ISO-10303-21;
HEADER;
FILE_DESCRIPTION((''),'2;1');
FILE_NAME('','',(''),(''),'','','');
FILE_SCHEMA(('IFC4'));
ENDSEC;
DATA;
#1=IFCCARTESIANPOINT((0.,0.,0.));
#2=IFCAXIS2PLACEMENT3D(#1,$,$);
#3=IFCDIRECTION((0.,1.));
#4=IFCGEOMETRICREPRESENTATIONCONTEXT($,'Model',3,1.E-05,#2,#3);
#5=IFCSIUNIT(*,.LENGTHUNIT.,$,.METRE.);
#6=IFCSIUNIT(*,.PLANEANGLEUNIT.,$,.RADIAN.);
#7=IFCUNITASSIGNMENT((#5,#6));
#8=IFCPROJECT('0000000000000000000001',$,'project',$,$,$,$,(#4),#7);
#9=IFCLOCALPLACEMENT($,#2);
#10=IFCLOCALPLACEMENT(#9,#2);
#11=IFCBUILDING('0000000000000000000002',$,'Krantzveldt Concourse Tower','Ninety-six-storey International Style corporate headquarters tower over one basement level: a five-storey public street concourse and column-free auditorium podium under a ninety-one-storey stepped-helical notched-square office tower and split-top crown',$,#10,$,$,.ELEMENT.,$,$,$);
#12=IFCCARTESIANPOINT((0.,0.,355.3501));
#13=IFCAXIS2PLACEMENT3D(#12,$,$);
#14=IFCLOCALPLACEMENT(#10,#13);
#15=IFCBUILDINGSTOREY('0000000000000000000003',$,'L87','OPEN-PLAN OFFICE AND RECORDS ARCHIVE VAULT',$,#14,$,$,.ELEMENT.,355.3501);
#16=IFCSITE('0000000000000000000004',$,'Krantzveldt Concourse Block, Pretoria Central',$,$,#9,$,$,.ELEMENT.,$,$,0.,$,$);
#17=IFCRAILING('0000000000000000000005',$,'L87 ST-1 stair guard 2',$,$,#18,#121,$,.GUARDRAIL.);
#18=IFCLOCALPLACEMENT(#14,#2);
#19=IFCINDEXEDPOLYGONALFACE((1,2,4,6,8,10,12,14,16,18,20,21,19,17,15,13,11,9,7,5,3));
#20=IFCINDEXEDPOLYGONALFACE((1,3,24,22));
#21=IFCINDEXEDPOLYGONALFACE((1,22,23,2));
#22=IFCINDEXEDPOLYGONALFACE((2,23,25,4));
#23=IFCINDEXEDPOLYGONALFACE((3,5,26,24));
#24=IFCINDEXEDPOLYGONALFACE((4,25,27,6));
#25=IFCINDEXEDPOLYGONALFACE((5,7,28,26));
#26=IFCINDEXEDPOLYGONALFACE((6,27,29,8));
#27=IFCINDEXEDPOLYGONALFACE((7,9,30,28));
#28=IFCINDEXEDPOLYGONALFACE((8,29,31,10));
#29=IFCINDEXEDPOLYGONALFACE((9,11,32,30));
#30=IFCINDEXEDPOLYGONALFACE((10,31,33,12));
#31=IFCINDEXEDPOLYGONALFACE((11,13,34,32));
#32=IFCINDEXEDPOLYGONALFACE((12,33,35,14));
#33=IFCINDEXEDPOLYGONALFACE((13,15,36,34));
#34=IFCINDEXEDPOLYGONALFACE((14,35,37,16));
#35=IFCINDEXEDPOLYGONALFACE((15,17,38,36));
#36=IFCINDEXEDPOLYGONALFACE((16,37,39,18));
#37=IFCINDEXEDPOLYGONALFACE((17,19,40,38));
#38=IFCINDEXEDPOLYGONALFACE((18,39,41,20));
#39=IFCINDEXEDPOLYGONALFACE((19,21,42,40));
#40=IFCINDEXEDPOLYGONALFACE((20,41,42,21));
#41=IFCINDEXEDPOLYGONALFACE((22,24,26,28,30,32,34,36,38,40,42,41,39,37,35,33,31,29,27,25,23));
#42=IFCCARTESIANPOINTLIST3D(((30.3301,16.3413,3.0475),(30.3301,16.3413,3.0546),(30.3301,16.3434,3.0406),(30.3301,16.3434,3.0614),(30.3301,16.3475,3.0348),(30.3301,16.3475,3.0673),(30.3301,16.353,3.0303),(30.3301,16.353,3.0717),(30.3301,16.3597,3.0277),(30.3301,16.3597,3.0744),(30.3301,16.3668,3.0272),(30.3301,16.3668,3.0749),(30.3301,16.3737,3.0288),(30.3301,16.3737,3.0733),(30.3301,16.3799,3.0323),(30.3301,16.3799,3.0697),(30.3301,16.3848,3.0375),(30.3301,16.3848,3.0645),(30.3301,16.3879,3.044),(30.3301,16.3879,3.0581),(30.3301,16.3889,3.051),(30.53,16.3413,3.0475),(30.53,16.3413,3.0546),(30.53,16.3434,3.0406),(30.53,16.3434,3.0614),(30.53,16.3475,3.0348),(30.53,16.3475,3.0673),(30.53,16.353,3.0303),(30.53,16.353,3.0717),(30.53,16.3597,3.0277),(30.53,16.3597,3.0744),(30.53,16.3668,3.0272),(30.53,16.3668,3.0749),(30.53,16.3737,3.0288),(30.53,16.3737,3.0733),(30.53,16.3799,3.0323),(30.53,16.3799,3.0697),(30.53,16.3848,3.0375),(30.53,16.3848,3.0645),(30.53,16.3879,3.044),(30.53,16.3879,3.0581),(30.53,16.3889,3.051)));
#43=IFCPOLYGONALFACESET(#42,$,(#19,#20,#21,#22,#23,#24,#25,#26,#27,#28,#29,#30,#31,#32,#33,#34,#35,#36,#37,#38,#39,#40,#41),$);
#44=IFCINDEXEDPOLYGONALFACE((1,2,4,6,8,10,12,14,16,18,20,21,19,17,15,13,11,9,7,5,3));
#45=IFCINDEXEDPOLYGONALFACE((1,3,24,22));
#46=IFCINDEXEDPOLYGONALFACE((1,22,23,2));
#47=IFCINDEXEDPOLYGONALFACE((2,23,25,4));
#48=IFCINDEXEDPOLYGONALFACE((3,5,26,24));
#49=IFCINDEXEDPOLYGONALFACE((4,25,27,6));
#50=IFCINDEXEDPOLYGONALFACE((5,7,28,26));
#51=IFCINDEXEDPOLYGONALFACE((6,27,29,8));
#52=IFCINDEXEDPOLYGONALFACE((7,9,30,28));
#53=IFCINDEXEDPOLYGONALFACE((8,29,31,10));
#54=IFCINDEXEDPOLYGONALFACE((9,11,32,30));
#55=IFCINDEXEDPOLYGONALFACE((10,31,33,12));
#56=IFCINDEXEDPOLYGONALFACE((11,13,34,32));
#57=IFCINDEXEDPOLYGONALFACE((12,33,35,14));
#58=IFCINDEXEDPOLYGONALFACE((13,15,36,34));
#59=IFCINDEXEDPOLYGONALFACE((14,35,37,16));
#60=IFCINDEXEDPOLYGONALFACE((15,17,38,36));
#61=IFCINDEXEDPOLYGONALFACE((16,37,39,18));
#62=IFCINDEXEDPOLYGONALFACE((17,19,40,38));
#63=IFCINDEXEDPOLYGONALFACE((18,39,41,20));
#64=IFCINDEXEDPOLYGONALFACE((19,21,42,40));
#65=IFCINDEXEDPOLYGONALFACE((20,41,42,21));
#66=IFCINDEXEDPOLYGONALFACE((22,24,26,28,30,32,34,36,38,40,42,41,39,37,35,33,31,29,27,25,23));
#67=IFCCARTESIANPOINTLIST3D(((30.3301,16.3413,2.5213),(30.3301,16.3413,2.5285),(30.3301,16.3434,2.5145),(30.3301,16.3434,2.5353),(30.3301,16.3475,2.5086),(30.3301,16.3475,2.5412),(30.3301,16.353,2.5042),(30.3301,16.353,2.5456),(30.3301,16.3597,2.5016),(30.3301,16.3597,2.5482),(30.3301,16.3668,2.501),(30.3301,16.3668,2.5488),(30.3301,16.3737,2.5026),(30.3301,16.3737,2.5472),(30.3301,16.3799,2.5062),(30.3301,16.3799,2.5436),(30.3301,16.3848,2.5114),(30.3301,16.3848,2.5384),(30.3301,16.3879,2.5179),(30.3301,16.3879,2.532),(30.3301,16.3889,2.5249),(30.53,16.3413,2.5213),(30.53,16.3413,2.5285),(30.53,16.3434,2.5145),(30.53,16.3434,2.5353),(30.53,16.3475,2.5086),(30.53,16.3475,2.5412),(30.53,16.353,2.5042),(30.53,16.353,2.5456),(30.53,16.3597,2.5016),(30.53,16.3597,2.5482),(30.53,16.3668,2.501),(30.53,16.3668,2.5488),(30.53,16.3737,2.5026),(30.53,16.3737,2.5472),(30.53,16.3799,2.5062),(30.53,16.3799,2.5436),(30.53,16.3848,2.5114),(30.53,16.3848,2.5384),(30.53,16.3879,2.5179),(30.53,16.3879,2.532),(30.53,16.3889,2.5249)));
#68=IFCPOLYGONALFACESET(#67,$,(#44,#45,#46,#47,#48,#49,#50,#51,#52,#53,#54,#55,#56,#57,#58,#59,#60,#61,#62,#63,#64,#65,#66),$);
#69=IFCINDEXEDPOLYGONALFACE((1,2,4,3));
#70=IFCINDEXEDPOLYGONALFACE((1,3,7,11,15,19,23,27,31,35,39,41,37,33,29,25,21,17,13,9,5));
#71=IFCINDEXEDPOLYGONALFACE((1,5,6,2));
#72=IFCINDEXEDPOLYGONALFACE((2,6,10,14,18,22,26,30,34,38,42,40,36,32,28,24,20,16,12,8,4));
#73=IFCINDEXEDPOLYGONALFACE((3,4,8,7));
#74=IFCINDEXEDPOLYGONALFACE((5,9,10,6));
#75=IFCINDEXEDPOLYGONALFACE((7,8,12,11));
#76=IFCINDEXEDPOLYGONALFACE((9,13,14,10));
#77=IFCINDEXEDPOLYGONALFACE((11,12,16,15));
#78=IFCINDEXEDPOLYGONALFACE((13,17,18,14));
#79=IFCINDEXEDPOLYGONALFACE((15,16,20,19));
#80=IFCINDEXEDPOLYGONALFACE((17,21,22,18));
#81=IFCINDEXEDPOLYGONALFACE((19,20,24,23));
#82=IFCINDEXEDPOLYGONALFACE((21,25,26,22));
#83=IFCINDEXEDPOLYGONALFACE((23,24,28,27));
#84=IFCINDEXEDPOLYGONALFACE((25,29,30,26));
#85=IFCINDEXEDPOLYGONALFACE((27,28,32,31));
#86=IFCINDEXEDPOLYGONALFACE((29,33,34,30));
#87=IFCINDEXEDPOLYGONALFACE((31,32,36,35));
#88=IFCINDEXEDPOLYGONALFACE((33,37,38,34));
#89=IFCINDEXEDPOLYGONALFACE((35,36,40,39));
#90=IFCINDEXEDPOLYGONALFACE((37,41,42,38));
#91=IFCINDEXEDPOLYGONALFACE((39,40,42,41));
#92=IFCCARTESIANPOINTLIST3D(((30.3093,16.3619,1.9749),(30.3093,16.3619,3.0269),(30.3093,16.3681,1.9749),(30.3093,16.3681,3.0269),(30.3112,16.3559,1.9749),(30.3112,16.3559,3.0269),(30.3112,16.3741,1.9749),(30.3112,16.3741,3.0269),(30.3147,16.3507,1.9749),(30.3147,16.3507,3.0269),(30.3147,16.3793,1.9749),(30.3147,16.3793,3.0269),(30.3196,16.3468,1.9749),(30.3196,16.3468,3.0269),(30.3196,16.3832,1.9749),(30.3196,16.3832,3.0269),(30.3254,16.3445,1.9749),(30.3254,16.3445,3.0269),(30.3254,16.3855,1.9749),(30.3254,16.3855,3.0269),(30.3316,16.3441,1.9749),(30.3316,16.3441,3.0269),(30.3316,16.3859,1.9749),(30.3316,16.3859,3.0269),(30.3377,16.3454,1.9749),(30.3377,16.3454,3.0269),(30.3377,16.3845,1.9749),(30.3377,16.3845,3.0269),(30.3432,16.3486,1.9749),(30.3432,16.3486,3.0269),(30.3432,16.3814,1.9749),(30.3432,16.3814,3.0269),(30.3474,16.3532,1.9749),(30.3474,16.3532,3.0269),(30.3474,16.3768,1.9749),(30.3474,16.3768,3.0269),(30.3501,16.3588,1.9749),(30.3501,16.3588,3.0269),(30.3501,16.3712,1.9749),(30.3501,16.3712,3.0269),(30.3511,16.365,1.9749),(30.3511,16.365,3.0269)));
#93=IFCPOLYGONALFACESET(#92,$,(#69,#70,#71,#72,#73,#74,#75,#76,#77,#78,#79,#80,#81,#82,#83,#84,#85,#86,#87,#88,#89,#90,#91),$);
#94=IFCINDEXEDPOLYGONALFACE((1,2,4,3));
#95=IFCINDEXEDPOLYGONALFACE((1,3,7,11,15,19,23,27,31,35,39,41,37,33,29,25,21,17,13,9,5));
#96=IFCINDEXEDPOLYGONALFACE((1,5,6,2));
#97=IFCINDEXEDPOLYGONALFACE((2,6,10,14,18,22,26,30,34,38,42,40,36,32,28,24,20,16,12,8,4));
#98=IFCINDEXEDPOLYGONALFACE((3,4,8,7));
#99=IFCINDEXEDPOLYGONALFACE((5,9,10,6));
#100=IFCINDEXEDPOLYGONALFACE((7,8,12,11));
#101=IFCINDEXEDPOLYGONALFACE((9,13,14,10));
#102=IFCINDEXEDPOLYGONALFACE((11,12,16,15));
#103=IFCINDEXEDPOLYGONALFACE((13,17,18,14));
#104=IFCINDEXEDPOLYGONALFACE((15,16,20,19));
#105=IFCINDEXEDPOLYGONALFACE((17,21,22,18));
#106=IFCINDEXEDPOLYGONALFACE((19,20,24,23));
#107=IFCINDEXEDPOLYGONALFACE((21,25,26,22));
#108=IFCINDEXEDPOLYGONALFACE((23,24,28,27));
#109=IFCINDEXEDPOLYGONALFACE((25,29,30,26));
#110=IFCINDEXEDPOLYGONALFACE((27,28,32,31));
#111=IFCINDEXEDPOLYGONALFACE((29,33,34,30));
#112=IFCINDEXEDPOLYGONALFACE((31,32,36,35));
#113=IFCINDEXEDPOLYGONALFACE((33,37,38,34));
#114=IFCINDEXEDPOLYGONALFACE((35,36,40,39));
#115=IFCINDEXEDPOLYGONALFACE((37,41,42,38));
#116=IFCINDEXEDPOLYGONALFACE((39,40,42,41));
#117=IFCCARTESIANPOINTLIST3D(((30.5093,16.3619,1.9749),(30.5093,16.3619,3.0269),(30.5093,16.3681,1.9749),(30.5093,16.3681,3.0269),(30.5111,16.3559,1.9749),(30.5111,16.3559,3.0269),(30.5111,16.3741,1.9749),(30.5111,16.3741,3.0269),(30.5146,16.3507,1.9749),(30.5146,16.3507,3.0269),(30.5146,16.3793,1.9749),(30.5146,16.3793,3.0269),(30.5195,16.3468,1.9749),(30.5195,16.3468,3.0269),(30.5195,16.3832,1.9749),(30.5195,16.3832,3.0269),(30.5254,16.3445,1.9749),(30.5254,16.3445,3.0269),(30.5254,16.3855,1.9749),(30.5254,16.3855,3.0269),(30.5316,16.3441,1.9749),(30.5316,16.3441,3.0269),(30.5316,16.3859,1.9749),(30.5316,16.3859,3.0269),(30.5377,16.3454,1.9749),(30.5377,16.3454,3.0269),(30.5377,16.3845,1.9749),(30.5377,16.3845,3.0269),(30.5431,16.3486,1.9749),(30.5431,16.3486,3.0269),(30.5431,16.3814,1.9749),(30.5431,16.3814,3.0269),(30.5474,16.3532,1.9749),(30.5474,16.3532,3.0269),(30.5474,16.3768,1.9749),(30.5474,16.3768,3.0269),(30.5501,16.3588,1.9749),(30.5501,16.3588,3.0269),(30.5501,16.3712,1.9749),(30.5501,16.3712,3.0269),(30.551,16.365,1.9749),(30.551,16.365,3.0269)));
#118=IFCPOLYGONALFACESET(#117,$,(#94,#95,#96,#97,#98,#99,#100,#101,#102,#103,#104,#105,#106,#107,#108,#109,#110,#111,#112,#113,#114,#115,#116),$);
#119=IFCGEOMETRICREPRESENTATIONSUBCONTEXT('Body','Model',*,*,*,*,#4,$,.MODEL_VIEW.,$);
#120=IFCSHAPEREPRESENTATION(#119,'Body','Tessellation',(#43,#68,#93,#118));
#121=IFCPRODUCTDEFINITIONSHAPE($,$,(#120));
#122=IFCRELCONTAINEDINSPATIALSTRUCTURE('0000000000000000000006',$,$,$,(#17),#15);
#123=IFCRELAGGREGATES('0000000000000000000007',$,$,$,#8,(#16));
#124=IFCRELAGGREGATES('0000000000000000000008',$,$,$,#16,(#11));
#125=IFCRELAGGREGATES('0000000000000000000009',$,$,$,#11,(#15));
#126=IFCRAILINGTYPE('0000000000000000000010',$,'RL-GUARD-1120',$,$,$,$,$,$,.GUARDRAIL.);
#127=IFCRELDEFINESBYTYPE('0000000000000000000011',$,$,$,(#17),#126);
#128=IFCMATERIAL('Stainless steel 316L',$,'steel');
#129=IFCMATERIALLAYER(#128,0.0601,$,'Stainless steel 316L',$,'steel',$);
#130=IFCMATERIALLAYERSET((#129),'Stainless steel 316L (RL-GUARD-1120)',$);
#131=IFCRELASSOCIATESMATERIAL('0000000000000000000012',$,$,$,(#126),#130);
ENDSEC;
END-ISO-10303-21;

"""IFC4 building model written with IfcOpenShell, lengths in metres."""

from ifc_helpers import new_model, si_unit, direction, frame, origin, origin_2d, place, context, subcontext, project, spatial, circle, extrude, material, layer, layer_set, type_object, element, save


model = new_model("IFC4")

# Units and contexts
model_context = context("Model", 3, precision=1e-05, world=origin(), true_north=direction((0.0, 1.0)))
body_context = subcontext(model_context, "Body", "Model", "MODEL_VIEW")
ifc_project = project(units=[si_unit("LENGTHUNIT", "METRE"), si_unit("PLANEANGLEUNIT", "RADIAN")], contexts=[model_context])

# Site, building, storey
site_placement = place(None, origin())
site = spatial("IfcSite", under=ifc_project, at=site_placement, Name="Krantzveldt Concourse Block, Pretoria Central", CompositionType="ELEMENT", RefElevation=0.0)
building_placement = place(site_placement, origin())
building = spatial("IfcBuilding", under=site, at=building_placement, Name="Krantzveldt Concourse Tower", Description="Ninety-six-storey International Style corporate headquarters tower over one basement level: a five-storey public street concourse and column-free auditorium podium under a ninety-one-storey stepped-helical notched-square office tower and split-top crown", CompositionType="ELEMENT")
storey_placement = place(building_placement, frame((0.0, 0.0, 355.3501)))
storey = spatial("IfcBuildingStorey", under=building, at=storey_placement, Name="L87", Description="OPEN-PLAN OFFICE AND RECORDS ARCHIVE VAULT", CompositionType="ELEMENT", Elevation=355.3501)

# Railing
ifc_material_1 = material(Name="Stainless steel 316L", Category="steel")
ifc_layer_1 = layer(ifc_material_1, 0.0601, Name="Stainless steel 316L", Category="steel")
ifc_layer_set_1 = layer_set([ifc_layer_1], Name="Stainless steel 316L (RL-GUARD-1120)")
railing_type_1 = type_object("IfcRailingType", Name="RL-GUARD-1120", PredefinedType="GUARDRAIL", material=ifc_layer_set_1)
railing_1_placement = place(storey_placement, frame((30.3301, 16.365, 1.9749)))
element("IfcRailing", 1, at=railing_1_placement, inside=storey, type_object=railing_type_1, Name="L87 ST-1 stair guard 2", PredefinedType="GUARDRAIL", context=body_context, shape_type="SweptSolid", body=[
    extrude(circle(Radius=0.0239, at=origin_2d()), frame((0.0, 0.0, 1.0762), z_axis=(1.0, 0.0, 0.0), x_axis=(0.0, 1.0, 0.0)), (0.0, 0.0, 1.0), 0.2),
    extrude(circle(Radius=0.0239, at=origin_2d()), frame((0.0, 0.0, 0.55), z_axis=(1.0, 0.0, 0.0), x_axis=(0.0, 1.0, 0.0)), (0.0, 0.0, 1.0), 0.2),
    extrude(circle(Radius=0.021, at=origin_2d()), origin(), (0.0, 0.0, 1.0), 1.052),
    extrude(circle(Radius=0.021, at=origin_2d()), frame((0.2, 0.0, 0.0)), (0.0, 0.0, 1.0), 1.052),
])

save(model, "model.ifc")
